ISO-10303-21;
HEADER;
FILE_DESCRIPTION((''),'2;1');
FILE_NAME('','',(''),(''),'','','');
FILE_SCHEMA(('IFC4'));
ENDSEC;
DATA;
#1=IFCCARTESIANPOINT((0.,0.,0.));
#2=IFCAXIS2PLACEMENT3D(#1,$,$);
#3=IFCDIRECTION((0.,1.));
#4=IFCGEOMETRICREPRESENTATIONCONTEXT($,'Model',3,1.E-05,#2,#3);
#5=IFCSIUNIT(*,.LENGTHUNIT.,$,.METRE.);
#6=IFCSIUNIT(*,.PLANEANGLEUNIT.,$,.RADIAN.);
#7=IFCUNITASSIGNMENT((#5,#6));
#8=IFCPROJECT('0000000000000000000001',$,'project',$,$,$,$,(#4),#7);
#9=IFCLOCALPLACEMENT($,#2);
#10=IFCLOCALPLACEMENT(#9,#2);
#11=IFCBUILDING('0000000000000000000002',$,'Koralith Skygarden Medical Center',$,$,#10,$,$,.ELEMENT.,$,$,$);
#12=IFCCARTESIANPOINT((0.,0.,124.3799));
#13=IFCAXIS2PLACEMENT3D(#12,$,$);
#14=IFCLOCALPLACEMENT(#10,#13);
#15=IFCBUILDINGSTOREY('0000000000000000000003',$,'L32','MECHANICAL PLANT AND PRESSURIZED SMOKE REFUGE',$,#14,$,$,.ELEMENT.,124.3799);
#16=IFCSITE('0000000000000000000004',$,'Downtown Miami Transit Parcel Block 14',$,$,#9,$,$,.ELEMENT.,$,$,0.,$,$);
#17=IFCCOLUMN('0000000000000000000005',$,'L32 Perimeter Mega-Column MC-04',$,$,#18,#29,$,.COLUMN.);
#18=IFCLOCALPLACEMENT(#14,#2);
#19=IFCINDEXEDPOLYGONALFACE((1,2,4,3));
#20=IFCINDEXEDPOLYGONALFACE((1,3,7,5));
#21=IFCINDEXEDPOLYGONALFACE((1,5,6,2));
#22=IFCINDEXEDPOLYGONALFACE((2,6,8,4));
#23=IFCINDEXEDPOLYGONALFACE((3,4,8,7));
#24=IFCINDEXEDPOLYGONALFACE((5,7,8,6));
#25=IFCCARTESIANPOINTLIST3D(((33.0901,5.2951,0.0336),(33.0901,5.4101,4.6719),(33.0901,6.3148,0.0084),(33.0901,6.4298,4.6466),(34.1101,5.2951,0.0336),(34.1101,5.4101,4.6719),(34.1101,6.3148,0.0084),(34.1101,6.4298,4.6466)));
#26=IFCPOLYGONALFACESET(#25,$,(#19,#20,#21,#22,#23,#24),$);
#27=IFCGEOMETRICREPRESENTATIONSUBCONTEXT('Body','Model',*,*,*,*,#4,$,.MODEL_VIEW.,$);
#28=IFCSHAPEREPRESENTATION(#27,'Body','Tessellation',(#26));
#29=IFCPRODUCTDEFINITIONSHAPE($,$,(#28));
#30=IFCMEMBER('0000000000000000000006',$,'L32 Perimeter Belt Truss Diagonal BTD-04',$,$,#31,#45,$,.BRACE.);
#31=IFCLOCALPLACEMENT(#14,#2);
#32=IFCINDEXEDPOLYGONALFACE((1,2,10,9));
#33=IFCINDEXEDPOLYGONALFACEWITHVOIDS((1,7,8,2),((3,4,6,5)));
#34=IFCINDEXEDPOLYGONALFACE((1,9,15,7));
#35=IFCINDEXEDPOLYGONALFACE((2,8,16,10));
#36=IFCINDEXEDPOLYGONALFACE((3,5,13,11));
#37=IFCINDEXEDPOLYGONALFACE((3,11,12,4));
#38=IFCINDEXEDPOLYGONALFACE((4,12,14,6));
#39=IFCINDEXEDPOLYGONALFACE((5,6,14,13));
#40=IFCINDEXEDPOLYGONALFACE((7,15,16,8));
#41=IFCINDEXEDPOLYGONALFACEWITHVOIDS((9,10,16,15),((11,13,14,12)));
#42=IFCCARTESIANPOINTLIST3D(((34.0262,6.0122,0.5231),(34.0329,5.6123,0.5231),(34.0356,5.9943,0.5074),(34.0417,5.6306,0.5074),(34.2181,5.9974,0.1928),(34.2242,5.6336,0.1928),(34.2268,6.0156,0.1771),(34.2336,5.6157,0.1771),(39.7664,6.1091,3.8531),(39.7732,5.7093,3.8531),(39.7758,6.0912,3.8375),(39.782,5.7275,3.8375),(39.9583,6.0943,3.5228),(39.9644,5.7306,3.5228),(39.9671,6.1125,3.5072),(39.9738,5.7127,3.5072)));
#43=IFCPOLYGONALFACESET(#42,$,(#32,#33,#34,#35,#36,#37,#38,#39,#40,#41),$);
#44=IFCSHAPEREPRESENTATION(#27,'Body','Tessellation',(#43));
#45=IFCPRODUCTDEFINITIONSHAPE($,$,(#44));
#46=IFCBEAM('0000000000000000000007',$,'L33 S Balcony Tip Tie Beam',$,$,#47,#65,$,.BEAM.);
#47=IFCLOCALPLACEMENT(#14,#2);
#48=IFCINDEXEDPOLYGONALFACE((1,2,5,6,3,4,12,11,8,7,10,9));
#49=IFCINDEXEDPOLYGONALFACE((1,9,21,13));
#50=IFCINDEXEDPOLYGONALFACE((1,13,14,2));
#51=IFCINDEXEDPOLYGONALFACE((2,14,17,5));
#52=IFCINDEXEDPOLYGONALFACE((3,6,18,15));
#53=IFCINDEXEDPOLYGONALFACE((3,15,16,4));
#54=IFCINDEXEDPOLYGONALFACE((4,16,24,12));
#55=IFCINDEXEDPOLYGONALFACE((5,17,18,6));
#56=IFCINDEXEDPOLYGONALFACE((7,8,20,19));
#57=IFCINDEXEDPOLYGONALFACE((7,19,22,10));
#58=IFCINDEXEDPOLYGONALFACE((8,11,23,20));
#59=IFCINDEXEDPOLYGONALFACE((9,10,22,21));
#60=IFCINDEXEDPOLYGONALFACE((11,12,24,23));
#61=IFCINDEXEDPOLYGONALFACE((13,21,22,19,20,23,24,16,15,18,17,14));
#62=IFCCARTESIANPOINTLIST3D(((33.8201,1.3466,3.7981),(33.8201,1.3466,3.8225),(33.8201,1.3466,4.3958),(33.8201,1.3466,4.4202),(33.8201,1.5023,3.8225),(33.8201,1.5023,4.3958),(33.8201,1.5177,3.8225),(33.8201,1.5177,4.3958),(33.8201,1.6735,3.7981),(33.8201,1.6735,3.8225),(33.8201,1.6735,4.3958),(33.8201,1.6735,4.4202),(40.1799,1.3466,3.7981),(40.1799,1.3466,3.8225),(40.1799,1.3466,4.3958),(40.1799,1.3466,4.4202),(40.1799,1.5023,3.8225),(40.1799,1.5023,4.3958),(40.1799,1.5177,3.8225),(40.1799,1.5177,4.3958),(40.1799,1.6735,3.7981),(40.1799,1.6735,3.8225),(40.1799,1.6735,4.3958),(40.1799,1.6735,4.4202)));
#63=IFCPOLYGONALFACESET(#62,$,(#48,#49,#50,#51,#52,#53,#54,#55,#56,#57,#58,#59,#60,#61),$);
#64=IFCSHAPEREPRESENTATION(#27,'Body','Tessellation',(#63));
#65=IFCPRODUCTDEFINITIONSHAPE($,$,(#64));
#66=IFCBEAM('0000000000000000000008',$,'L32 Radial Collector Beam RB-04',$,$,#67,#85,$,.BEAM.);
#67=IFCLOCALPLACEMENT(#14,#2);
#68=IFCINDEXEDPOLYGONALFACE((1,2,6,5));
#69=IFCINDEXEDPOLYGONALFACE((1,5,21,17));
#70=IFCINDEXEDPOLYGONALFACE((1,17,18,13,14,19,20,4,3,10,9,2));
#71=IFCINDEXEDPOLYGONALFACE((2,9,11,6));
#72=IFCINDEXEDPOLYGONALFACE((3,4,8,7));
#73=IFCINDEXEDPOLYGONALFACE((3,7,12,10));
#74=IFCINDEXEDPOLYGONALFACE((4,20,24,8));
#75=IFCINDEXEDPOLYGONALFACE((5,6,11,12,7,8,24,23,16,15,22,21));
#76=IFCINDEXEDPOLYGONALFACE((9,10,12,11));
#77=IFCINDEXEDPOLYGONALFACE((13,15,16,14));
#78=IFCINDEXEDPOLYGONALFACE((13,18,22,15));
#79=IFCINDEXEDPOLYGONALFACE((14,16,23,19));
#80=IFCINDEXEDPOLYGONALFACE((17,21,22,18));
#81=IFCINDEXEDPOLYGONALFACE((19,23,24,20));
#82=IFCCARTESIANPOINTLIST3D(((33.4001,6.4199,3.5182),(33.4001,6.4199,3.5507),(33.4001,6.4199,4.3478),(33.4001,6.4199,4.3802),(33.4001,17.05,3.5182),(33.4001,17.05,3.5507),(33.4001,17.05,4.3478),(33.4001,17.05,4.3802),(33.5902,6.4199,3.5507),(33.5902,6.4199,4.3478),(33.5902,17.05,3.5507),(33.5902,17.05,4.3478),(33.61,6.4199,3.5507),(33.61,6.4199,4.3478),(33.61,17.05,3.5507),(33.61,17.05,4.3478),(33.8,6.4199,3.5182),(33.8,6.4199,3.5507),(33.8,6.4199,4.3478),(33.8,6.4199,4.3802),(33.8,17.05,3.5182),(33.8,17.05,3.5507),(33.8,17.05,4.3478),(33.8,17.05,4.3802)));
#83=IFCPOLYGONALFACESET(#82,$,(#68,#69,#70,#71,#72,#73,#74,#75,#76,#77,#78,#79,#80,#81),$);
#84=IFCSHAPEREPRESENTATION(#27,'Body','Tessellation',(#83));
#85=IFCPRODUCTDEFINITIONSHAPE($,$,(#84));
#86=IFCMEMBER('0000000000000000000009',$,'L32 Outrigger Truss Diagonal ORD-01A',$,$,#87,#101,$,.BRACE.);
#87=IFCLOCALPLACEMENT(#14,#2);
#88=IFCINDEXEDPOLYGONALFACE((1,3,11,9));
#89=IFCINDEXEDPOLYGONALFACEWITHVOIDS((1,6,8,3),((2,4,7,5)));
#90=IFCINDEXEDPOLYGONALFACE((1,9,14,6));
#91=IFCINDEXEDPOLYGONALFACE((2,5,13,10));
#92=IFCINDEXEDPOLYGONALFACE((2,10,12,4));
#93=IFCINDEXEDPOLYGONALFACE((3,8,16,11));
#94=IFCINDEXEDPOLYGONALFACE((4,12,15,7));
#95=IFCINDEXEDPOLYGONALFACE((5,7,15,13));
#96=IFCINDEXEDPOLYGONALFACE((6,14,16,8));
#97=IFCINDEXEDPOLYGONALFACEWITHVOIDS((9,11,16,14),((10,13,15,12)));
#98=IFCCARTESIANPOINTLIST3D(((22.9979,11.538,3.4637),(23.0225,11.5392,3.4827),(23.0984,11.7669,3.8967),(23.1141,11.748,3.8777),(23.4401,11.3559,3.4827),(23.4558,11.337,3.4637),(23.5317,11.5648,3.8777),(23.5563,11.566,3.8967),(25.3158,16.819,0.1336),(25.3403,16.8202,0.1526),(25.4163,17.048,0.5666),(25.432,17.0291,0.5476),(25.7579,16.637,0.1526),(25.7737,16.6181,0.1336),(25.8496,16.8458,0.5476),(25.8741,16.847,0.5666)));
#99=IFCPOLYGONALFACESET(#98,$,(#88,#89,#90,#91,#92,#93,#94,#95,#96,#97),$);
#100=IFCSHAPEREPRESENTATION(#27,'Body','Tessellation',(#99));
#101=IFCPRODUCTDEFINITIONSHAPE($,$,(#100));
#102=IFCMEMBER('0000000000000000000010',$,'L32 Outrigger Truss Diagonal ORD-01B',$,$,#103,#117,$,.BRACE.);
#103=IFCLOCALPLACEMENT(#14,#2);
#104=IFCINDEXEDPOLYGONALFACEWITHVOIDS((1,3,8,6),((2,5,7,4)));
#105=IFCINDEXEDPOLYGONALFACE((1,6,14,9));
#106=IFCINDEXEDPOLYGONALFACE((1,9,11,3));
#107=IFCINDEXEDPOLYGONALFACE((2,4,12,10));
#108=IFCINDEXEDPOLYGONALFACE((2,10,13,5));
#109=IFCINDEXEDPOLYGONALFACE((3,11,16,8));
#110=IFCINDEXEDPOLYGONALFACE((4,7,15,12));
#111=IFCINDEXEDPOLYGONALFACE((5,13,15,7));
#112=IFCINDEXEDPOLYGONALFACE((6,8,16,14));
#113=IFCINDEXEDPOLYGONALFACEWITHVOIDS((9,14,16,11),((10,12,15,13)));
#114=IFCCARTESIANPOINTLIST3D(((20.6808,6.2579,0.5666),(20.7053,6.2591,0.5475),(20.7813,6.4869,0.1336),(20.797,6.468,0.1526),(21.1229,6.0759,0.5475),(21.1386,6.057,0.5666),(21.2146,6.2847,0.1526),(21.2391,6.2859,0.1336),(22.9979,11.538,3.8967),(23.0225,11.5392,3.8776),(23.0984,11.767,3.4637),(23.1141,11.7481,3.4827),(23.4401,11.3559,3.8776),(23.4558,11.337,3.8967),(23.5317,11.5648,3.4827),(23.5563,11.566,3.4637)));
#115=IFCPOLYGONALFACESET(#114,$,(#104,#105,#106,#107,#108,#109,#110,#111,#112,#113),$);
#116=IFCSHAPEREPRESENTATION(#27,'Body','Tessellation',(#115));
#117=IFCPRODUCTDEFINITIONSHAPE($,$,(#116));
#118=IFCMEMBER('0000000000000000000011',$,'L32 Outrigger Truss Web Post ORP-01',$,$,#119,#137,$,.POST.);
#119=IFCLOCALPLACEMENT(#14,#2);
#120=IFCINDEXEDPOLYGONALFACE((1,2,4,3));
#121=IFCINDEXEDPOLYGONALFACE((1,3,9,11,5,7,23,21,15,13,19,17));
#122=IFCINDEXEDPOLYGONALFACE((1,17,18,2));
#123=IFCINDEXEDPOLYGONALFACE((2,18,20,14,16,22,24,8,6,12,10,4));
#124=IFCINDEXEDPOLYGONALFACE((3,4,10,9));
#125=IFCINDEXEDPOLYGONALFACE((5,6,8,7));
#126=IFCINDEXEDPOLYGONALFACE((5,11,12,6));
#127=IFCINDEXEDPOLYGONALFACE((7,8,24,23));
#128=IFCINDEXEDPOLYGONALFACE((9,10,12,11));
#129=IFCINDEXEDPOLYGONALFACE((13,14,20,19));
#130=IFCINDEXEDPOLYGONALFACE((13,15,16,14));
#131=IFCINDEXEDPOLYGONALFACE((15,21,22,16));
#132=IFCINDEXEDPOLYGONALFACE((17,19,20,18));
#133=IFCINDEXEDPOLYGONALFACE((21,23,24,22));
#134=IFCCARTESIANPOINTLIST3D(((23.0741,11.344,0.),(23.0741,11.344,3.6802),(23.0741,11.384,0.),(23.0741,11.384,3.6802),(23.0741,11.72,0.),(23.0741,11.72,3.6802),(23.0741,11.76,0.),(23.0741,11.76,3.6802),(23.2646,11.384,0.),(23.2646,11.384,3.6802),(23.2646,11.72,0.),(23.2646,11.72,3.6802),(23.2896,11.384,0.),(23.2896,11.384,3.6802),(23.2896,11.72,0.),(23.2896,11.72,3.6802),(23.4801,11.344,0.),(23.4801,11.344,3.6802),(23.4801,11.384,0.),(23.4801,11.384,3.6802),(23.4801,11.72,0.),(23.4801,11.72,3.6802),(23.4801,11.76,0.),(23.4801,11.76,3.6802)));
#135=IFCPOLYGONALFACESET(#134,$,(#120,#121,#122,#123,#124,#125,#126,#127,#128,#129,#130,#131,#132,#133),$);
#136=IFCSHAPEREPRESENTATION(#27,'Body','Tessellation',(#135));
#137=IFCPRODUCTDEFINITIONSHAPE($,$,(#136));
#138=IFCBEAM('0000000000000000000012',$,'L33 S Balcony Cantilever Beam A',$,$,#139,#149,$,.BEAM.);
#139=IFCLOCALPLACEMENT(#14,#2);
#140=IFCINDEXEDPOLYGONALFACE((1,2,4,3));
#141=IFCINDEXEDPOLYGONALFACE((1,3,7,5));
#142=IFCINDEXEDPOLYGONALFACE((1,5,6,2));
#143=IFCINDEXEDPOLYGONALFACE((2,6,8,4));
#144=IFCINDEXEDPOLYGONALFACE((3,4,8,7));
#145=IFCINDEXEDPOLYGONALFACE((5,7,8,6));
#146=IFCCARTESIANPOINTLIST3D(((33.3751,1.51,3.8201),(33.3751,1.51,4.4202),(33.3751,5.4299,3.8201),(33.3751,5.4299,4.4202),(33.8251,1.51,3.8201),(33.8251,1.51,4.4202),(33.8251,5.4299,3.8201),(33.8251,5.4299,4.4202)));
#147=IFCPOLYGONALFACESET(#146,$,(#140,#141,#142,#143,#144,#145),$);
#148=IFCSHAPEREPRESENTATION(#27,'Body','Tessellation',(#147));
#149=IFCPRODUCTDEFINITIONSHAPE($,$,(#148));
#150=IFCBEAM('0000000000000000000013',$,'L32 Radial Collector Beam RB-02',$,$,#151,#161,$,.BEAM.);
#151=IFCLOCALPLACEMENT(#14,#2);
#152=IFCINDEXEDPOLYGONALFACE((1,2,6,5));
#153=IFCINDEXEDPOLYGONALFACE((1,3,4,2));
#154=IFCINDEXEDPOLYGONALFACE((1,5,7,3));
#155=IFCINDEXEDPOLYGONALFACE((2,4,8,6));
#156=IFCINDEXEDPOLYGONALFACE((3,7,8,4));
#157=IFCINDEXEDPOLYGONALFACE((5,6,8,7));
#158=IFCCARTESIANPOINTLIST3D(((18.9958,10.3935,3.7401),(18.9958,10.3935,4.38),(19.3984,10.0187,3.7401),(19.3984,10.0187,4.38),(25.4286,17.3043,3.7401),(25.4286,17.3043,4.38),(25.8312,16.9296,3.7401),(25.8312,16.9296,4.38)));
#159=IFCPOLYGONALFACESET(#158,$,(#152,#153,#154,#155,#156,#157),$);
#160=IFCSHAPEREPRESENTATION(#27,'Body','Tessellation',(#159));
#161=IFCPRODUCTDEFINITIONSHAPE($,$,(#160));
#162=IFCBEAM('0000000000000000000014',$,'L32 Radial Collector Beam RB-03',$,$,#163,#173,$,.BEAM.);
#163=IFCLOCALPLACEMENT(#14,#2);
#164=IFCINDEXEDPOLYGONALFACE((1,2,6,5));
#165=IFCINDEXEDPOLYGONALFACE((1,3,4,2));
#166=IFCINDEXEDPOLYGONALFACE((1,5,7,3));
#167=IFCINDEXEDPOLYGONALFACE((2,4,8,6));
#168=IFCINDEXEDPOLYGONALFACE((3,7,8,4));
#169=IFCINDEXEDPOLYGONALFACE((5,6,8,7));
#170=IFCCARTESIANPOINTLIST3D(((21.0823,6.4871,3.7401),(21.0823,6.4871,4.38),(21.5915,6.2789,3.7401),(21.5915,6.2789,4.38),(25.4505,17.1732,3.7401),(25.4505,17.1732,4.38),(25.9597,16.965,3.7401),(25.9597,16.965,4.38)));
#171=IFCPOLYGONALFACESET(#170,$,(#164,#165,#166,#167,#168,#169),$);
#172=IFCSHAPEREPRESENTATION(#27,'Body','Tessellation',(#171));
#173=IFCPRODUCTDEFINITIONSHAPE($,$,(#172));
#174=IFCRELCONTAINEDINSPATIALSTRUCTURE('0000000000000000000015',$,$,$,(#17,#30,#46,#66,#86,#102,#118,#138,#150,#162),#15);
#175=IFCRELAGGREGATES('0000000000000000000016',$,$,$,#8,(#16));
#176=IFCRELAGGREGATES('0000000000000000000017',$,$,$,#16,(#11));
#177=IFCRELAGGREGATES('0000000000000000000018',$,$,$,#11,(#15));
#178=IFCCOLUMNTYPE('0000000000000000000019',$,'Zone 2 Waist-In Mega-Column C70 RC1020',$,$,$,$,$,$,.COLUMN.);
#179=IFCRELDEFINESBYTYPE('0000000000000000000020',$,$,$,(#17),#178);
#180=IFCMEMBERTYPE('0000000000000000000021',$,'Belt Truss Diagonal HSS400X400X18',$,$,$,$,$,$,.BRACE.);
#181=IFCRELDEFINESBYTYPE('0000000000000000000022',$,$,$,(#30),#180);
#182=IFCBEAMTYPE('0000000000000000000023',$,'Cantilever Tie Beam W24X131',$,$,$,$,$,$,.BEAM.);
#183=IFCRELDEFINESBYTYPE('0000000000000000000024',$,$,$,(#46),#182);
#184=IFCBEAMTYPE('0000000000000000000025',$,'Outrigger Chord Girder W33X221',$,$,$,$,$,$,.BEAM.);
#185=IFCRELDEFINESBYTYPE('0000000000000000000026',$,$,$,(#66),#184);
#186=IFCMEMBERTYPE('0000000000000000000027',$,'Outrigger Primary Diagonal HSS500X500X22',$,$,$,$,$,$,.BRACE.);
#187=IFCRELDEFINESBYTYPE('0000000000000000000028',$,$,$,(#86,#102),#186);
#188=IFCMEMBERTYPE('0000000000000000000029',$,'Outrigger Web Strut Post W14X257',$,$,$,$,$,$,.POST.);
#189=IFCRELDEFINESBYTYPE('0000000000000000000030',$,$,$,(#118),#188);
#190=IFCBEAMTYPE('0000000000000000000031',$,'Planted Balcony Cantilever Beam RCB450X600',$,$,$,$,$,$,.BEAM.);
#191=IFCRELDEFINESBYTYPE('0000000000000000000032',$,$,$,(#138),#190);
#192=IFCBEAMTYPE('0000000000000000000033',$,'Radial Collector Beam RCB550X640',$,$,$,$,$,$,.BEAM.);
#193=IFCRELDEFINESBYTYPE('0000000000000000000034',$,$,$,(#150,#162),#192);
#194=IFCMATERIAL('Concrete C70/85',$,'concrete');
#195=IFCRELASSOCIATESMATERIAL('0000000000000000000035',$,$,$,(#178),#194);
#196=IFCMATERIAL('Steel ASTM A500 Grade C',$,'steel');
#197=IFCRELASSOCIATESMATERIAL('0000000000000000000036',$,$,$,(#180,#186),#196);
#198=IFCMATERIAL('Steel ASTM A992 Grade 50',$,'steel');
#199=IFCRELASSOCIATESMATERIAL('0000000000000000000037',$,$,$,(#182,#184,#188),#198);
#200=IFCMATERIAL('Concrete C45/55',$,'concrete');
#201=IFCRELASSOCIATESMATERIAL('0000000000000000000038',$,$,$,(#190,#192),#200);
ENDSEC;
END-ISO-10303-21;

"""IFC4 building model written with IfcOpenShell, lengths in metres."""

from ifc_helpers import new_model, si_unit, direction, frame, origin, origin_2d, place, context, subcontext, project, spatial, rectangle, hollow_rectangle, i_section, extrude, material, material_profile, profile_set, type_object, element, save


model = new_model("IFC4")

# Units and contexts
model_context = context("Model", 3, precision=1e-05, world=origin(), true_north=direction((0.0, 1.0)))
body_context = subcontext(model_context, "Body", "Model", "MODEL_VIEW")
ifc_project = project(units=[si_unit("LENGTHUNIT", "METRE"), si_unit("PLANEANGLEUNIT", "RADIAN")], contexts=[model_context])

# Site, building, storey
site_placement = place(None, origin())
site = spatial("IfcSite", under=ifc_project, at=site_placement, Name="Downtown Miami Transit Parcel Block 14", CompositionType="ELEMENT", RefElevation=0.0)
building_placement = place(site_placement, origin())
building = spatial("IfcBuilding", under=site, at=building_placement, Name="Koralith Skygarden Medical Center", CompositionType="ELEMENT")
storey_placement = place(building_placement, frame((0.0, 0.0, 124.3799)))
storey = spatial("IfcBuildingStorey", under=building, at=storey_placement, Name="L32", Description="MECHANICAL PLANT AND PRESSURIZED SMOKE REFUGE", CompositionType="ELEMENT", Elevation=124.3799)

# Column
ifc_material_1 = material(Name="Concrete C70/85", Category="concrete")
ifc_material_profile_1 = material_profile(ifc_material_1, rectangle(XDim=1.02, YDim=1.02, at=origin_2d()), Name="RC1020X1020")
ifc_profile_set_1 = profile_set([ifc_material_profile_1], Name="Concrete C70/85")
column_type = type_object("IfcColumnType", Name="Zone 2 Waist-In Mega-Column C70 RC1020", PredefinedType="COLUMN", material=ifc_profile_set_1)
column_placement = place(storey_placement, frame((33.6001, 5.8049, 0.021), z_axis=(0.0, 0.024784, 0.999693), x_axis=(-1.0, 0.0, 0.0)))
element("IfcColumn", 1, at=column_placement, inside=storey, type_object=column_type, Name="L32 Perimeter Mega-Column MC-04", PredefinedType="COLUMN", context=body_context, shape_type="SweptSolid", body=[
    extrude(rectangle(XDim=1.02, YDim=1.02, at=origin_2d()), origin(), (0.0, 0.0, 1.0), 4.6396),
])

# Member
ifc_material_2 = material(Name="Steel ASTM A500 Grade C", Category="steel")
ifc_material_profile_2 = material_profile(ifc_material_2, hollow_rectangle(XDim=0.3999, YDim=0.3999, WallThickness=0.0181, at=origin_2d()), Name="HSS400X400X18")
ifc_profile_set_2 = profile_set([ifc_material_profile_2], Name="Steel ASTM A500 Grade C")
member_type_1 = type_object("IfcMemberType", Name="Belt Truss Diagonal HSS400X400X18", PredefinedType="BRACE", material=ifc_profile_set_2)
member_1_placement = place(storey_placement, frame((34.1299, 5.814, 0.3501), z_axis=(0.86489, 0.014604, 0.501748), x_axis=(-0.016883, 0.999857, 0.0)))
element("IfcMember", 2, at=member_1_placement, inside=storey, type_object=member_type_1, Name="L32 Perimeter Belt Truss Diagonal BTD-04", PredefinedType="BRACE", context=body_context, shape_type="SweptSolid", body=[
    extrude(hollow_rectangle(XDim=0.3999, YDim=0.3999, WallThickness=0.0181, at=origin_2d()), origin(), (0.0, 0.0, 1.0), 6.637),
])

# Beams
ifc_material_3 = material(Name="Steel ASTM A992 Grade 50", Category="steel")
ifc_material_profile_3 = material_profile(ifc_material_3, i_section(OverallWidth=0.3269, OverallDepth=0.6221, WebThickness=0.0154, FlangeThickness=0.0244, at=origin_2d()), Name="W24X131")
ifc_profile_set_3 = profile_set([ifc_material_profile_3], Name="Steel ASTM A992 Grade 50")
beam_type_1 = type_object("IfcBeamType", Name="Cantilever Tie Beam W24X131", PredefinedType="BEAM", material=ifc_profile_set_3)
beam_1_placement = place(storey_placement, frame((33.8201, 1.51, 4.1091), z_axis=(1.0, 0.0, 0.0), x_axis=(0.0, 1.0, 0.0)))
element("IfcBeam", 3, at=beam_1_placement, inside=storey, type_object=beam_type_1, Name="L33 S Balcony Tip Tie Beam", PredefinedType="BEAM", context=body_context, shape_type="SweptSolid", body=[
    extrude(i_section(OverallWidth=0.3269, OverallDepth=0.6221, WebThickness=0.0154, FlangeThickness=0.0244, at=origin_2d()), origin(), (0.0, 0.0, 1.0), 6.3599),
])
ifc_material_profile_4 = material_profile(ifc_material_3, i_section(OverallWidth=0.3999, OverallDepth=0.8621, WebThickness=0.0198, FlangeThickness=0.0325, at=origin_2d()), Name="W33X221")
ifc_profile_set_4 = profile_set([ifc_material_profile_4], Name="Steel ASTM A992 Grade 50")
beam_type_2 = type_object("IfcBeamType", Name="Outrigger Chord Girder W33X221", PredefinedType="BEAM", material=ifc_profile_set_4)
beam_2_placement = place(storey_placement, frame((33.6001, 17.05, 3.9492), z_axis=(0.0, -1.0, 0.0), x_axis=(1.0, 0.0, 0.0)))
element("IfcBeam", 4, at=beam_2_placement, inside=storey, type_object=beam_type_2, Name="L32 Radial Collector Beam RB-04", PredefinedType="BEAM", context=body_context, shape_type="SweptSolid", body=[
    extrude(i_section(OverallWidth=0.3999, OverallDepth=0.8621, WebThickness=0.0198, FlangeThickness=0.0325, at=origin_2d()), origin(), (0.0, 0.0, 1.0), 10.6301),
])

# Members
ifc_material_profile_5 = material_profile(ifc_material_2, hollow_rectangle(XDim=0.5, YDim=0.5, WallThickness=0.022, at=origin_2d()), Name="HSS500X500X22")
ifc_profile_set_5 = profile_set([ifc_material_profile_5], Name="Steel ASTM A500 Grade C")
member_type_2 = type_object("IfcMemberType", Name="Outrigger Primary Diagonal HSS500X500X22", PredefinedType="BRACE", material=ifc_profile_set_5)
member_2_placement = place(storey_placement, frame((25.595, 16.833, 0.3501), z_axis=(-0.348047, -0.792985, 0.500038), x_axis=(0.915684, -0.4019, 0.0)))
element("IfcMember", 5, at=member_2_placement, inside=storey, type_object=member_type_2, Name="L32 Outrigger Truss Diagonal ORD-01A", PredefinedType="BRACE", context=body_context, shape_type="SweptSolid", body=[
    extrude(hollow_rectangle(XDim=0.5, YDim=0.5, WallThickness=0.022, at=origin_2d()), origin(), (0.0, 0.0, 1.0), 6.6597),
])
member_3_placement = place(storey_placement, frame((23.2771, 11.552, 3.6802), z_axis=(-0.347991, -0.792961, -0.500115), x_axis=(0.915703, -0.401856, 0.0)))
element("IfcMember", 6, at=member_3_placement, inside=storey, type_object=member_type_2, Name="L32 Outrigger Truss Diagonal ORD-01B", PredefinedType="BRACE", context=body_context, shape_type="SweptSolid", body=[
    extrude(hollow_rectangle(XDim=0.5, YDim=0.5, WallThickness=0.022, at=origin_2d()), origin(), (0.0, 0.0, 1.0), 6.6587),
])
ifc_material_profile_6 = material_profile(ifc_material_3, i_section(OverallWidth=0.406, OverallDepth=0.416, WebThickness=0.0249, FlangeThickness=0.04, at=origin_2d()), Name="W14X257")
ifc_profile_set_6 = profile_set([ifc_material_profile_6], Name="Steel ASTM A992 Grade 50")
member_type_3 = type_object("IfcMemberType", Name="Outrigger Web Strut Post W14X257", PredefinedType="POST", material=ifc_profile_set_6)
member_4_placement = place(storey_placement, frame((23.2771, 11.552, 0.0), z_axis=(0.0, 0.0, 1.0), x_axis=(1.0, 0.0, 0.0)))
element("IfcMember", 7, at=member_4_placement, inside=storey, type_object=member_type_3, Name="L32 Outrigger Truss Web Post ORP-01", PredefinedType="POST", context=body_context, shape_type="SweptSolid", body=[
    extrude(i_section(OverallWidth=0.406, OverallDepth=0.416, WebThickness=0.0249, FlangeThickness=0.04, at=origin_2d()), origin(), (0.0, 0.0, 1.0), 3.6802),
])

# Beams
ifc_material_4 = material(Name="Concrete C45/55", Category="concrete")
ifc_material_profile_7 = material_profile(ifc_material_4, rectangle(XDim=0.45, YDim=0.6001, at=origin_2d()), Name="RCB450X600")
ifc_profile_set_7 = profile_set([ifc_material_profile_7], Name="Concrete C45/55")
beam_type_3 = type_object("IfcBeamType", Name="Planted Balcony Cantilever Beam RCB450X600", PredefinedType="BEAM", material=ifc_profile_set_7)
beam_3_placement = place(storey_placement, frame((33.6001, 5.4299, 4.1201), z_axis=(0.0, -1.0, 0.0), x_axis=(1.0, 0.0, 0.0)))
element("IfcBeam", 8, at=beam_3_placement, inside=storey, type_object=beam_type_3, Name="L33 S Balcony Cantilever Beam A", PredefinedType="BEAM", context=body_context, shape_type="SweptSolid", body=[
    extrude(rectangle(XDim=0.45, YDim=0.6001, at=origin_2d()), origin(), (0.0, 0.0, 1.0), 3.9199),
])
ifc_material_profile_8 = material_profile(ifc_material_4, rectangle(XDim=0.55, YDim=0.6399, at=origin_2d()), Name="RCB550X640")
ifc_profile_set_8 = profile_set([ifc_material_profile_8], Name="Concrete C45/55")
beam_type_4 = type_object("IfcBeamType", Name="Radial Collector Beam RCB550X640", PredefinedType="BEAM", material=ifc_profile_set_8)
beam_4_placement = place(storey_placement, frame((25.6299, 17.1169, 4.0601), z_axis=(-0.681338, -0.731969, 0.0), x_axis=(0.731969, -0.681338, 0.0)))
element("IfcBeam", 9, at=beam_4_placement, inside=storey, type_object=beam_type_4, Name="L32 Radial Collector Beam RB-02", PredefinedType="BEAM", context=body_context, shape_type="SweptSolid", body=[
    extrude(rectangle(XDim=0.55, YDim=0.6399, at=origin_2d()), origin(), (0.0, 0.0, 1.0), 9.4414),
])
beam_5_placement = place(storey_placement, frame((25.7051, 17.0691, 4.0601), z_axis=(-0.378381, -0.92565, 0.0), x_axis=(0.92565, -0.378381, 0.0)))
element("IfcBeam", 10, at=beam_5_placement, inside=storey, type_object=beam_type_4, Name="L32 Radial Collector Beam RB-03", PredefinedType="BEAM", context=body_context, shape_type="SweptSolid", body=[
    extrude(rectangle(XDim=0.55, YDim=0.6399, at=origin_2d()), origin(), (0.0, 0.0, 1.0), 11.5444),
])

save(model, "model.ifc")
